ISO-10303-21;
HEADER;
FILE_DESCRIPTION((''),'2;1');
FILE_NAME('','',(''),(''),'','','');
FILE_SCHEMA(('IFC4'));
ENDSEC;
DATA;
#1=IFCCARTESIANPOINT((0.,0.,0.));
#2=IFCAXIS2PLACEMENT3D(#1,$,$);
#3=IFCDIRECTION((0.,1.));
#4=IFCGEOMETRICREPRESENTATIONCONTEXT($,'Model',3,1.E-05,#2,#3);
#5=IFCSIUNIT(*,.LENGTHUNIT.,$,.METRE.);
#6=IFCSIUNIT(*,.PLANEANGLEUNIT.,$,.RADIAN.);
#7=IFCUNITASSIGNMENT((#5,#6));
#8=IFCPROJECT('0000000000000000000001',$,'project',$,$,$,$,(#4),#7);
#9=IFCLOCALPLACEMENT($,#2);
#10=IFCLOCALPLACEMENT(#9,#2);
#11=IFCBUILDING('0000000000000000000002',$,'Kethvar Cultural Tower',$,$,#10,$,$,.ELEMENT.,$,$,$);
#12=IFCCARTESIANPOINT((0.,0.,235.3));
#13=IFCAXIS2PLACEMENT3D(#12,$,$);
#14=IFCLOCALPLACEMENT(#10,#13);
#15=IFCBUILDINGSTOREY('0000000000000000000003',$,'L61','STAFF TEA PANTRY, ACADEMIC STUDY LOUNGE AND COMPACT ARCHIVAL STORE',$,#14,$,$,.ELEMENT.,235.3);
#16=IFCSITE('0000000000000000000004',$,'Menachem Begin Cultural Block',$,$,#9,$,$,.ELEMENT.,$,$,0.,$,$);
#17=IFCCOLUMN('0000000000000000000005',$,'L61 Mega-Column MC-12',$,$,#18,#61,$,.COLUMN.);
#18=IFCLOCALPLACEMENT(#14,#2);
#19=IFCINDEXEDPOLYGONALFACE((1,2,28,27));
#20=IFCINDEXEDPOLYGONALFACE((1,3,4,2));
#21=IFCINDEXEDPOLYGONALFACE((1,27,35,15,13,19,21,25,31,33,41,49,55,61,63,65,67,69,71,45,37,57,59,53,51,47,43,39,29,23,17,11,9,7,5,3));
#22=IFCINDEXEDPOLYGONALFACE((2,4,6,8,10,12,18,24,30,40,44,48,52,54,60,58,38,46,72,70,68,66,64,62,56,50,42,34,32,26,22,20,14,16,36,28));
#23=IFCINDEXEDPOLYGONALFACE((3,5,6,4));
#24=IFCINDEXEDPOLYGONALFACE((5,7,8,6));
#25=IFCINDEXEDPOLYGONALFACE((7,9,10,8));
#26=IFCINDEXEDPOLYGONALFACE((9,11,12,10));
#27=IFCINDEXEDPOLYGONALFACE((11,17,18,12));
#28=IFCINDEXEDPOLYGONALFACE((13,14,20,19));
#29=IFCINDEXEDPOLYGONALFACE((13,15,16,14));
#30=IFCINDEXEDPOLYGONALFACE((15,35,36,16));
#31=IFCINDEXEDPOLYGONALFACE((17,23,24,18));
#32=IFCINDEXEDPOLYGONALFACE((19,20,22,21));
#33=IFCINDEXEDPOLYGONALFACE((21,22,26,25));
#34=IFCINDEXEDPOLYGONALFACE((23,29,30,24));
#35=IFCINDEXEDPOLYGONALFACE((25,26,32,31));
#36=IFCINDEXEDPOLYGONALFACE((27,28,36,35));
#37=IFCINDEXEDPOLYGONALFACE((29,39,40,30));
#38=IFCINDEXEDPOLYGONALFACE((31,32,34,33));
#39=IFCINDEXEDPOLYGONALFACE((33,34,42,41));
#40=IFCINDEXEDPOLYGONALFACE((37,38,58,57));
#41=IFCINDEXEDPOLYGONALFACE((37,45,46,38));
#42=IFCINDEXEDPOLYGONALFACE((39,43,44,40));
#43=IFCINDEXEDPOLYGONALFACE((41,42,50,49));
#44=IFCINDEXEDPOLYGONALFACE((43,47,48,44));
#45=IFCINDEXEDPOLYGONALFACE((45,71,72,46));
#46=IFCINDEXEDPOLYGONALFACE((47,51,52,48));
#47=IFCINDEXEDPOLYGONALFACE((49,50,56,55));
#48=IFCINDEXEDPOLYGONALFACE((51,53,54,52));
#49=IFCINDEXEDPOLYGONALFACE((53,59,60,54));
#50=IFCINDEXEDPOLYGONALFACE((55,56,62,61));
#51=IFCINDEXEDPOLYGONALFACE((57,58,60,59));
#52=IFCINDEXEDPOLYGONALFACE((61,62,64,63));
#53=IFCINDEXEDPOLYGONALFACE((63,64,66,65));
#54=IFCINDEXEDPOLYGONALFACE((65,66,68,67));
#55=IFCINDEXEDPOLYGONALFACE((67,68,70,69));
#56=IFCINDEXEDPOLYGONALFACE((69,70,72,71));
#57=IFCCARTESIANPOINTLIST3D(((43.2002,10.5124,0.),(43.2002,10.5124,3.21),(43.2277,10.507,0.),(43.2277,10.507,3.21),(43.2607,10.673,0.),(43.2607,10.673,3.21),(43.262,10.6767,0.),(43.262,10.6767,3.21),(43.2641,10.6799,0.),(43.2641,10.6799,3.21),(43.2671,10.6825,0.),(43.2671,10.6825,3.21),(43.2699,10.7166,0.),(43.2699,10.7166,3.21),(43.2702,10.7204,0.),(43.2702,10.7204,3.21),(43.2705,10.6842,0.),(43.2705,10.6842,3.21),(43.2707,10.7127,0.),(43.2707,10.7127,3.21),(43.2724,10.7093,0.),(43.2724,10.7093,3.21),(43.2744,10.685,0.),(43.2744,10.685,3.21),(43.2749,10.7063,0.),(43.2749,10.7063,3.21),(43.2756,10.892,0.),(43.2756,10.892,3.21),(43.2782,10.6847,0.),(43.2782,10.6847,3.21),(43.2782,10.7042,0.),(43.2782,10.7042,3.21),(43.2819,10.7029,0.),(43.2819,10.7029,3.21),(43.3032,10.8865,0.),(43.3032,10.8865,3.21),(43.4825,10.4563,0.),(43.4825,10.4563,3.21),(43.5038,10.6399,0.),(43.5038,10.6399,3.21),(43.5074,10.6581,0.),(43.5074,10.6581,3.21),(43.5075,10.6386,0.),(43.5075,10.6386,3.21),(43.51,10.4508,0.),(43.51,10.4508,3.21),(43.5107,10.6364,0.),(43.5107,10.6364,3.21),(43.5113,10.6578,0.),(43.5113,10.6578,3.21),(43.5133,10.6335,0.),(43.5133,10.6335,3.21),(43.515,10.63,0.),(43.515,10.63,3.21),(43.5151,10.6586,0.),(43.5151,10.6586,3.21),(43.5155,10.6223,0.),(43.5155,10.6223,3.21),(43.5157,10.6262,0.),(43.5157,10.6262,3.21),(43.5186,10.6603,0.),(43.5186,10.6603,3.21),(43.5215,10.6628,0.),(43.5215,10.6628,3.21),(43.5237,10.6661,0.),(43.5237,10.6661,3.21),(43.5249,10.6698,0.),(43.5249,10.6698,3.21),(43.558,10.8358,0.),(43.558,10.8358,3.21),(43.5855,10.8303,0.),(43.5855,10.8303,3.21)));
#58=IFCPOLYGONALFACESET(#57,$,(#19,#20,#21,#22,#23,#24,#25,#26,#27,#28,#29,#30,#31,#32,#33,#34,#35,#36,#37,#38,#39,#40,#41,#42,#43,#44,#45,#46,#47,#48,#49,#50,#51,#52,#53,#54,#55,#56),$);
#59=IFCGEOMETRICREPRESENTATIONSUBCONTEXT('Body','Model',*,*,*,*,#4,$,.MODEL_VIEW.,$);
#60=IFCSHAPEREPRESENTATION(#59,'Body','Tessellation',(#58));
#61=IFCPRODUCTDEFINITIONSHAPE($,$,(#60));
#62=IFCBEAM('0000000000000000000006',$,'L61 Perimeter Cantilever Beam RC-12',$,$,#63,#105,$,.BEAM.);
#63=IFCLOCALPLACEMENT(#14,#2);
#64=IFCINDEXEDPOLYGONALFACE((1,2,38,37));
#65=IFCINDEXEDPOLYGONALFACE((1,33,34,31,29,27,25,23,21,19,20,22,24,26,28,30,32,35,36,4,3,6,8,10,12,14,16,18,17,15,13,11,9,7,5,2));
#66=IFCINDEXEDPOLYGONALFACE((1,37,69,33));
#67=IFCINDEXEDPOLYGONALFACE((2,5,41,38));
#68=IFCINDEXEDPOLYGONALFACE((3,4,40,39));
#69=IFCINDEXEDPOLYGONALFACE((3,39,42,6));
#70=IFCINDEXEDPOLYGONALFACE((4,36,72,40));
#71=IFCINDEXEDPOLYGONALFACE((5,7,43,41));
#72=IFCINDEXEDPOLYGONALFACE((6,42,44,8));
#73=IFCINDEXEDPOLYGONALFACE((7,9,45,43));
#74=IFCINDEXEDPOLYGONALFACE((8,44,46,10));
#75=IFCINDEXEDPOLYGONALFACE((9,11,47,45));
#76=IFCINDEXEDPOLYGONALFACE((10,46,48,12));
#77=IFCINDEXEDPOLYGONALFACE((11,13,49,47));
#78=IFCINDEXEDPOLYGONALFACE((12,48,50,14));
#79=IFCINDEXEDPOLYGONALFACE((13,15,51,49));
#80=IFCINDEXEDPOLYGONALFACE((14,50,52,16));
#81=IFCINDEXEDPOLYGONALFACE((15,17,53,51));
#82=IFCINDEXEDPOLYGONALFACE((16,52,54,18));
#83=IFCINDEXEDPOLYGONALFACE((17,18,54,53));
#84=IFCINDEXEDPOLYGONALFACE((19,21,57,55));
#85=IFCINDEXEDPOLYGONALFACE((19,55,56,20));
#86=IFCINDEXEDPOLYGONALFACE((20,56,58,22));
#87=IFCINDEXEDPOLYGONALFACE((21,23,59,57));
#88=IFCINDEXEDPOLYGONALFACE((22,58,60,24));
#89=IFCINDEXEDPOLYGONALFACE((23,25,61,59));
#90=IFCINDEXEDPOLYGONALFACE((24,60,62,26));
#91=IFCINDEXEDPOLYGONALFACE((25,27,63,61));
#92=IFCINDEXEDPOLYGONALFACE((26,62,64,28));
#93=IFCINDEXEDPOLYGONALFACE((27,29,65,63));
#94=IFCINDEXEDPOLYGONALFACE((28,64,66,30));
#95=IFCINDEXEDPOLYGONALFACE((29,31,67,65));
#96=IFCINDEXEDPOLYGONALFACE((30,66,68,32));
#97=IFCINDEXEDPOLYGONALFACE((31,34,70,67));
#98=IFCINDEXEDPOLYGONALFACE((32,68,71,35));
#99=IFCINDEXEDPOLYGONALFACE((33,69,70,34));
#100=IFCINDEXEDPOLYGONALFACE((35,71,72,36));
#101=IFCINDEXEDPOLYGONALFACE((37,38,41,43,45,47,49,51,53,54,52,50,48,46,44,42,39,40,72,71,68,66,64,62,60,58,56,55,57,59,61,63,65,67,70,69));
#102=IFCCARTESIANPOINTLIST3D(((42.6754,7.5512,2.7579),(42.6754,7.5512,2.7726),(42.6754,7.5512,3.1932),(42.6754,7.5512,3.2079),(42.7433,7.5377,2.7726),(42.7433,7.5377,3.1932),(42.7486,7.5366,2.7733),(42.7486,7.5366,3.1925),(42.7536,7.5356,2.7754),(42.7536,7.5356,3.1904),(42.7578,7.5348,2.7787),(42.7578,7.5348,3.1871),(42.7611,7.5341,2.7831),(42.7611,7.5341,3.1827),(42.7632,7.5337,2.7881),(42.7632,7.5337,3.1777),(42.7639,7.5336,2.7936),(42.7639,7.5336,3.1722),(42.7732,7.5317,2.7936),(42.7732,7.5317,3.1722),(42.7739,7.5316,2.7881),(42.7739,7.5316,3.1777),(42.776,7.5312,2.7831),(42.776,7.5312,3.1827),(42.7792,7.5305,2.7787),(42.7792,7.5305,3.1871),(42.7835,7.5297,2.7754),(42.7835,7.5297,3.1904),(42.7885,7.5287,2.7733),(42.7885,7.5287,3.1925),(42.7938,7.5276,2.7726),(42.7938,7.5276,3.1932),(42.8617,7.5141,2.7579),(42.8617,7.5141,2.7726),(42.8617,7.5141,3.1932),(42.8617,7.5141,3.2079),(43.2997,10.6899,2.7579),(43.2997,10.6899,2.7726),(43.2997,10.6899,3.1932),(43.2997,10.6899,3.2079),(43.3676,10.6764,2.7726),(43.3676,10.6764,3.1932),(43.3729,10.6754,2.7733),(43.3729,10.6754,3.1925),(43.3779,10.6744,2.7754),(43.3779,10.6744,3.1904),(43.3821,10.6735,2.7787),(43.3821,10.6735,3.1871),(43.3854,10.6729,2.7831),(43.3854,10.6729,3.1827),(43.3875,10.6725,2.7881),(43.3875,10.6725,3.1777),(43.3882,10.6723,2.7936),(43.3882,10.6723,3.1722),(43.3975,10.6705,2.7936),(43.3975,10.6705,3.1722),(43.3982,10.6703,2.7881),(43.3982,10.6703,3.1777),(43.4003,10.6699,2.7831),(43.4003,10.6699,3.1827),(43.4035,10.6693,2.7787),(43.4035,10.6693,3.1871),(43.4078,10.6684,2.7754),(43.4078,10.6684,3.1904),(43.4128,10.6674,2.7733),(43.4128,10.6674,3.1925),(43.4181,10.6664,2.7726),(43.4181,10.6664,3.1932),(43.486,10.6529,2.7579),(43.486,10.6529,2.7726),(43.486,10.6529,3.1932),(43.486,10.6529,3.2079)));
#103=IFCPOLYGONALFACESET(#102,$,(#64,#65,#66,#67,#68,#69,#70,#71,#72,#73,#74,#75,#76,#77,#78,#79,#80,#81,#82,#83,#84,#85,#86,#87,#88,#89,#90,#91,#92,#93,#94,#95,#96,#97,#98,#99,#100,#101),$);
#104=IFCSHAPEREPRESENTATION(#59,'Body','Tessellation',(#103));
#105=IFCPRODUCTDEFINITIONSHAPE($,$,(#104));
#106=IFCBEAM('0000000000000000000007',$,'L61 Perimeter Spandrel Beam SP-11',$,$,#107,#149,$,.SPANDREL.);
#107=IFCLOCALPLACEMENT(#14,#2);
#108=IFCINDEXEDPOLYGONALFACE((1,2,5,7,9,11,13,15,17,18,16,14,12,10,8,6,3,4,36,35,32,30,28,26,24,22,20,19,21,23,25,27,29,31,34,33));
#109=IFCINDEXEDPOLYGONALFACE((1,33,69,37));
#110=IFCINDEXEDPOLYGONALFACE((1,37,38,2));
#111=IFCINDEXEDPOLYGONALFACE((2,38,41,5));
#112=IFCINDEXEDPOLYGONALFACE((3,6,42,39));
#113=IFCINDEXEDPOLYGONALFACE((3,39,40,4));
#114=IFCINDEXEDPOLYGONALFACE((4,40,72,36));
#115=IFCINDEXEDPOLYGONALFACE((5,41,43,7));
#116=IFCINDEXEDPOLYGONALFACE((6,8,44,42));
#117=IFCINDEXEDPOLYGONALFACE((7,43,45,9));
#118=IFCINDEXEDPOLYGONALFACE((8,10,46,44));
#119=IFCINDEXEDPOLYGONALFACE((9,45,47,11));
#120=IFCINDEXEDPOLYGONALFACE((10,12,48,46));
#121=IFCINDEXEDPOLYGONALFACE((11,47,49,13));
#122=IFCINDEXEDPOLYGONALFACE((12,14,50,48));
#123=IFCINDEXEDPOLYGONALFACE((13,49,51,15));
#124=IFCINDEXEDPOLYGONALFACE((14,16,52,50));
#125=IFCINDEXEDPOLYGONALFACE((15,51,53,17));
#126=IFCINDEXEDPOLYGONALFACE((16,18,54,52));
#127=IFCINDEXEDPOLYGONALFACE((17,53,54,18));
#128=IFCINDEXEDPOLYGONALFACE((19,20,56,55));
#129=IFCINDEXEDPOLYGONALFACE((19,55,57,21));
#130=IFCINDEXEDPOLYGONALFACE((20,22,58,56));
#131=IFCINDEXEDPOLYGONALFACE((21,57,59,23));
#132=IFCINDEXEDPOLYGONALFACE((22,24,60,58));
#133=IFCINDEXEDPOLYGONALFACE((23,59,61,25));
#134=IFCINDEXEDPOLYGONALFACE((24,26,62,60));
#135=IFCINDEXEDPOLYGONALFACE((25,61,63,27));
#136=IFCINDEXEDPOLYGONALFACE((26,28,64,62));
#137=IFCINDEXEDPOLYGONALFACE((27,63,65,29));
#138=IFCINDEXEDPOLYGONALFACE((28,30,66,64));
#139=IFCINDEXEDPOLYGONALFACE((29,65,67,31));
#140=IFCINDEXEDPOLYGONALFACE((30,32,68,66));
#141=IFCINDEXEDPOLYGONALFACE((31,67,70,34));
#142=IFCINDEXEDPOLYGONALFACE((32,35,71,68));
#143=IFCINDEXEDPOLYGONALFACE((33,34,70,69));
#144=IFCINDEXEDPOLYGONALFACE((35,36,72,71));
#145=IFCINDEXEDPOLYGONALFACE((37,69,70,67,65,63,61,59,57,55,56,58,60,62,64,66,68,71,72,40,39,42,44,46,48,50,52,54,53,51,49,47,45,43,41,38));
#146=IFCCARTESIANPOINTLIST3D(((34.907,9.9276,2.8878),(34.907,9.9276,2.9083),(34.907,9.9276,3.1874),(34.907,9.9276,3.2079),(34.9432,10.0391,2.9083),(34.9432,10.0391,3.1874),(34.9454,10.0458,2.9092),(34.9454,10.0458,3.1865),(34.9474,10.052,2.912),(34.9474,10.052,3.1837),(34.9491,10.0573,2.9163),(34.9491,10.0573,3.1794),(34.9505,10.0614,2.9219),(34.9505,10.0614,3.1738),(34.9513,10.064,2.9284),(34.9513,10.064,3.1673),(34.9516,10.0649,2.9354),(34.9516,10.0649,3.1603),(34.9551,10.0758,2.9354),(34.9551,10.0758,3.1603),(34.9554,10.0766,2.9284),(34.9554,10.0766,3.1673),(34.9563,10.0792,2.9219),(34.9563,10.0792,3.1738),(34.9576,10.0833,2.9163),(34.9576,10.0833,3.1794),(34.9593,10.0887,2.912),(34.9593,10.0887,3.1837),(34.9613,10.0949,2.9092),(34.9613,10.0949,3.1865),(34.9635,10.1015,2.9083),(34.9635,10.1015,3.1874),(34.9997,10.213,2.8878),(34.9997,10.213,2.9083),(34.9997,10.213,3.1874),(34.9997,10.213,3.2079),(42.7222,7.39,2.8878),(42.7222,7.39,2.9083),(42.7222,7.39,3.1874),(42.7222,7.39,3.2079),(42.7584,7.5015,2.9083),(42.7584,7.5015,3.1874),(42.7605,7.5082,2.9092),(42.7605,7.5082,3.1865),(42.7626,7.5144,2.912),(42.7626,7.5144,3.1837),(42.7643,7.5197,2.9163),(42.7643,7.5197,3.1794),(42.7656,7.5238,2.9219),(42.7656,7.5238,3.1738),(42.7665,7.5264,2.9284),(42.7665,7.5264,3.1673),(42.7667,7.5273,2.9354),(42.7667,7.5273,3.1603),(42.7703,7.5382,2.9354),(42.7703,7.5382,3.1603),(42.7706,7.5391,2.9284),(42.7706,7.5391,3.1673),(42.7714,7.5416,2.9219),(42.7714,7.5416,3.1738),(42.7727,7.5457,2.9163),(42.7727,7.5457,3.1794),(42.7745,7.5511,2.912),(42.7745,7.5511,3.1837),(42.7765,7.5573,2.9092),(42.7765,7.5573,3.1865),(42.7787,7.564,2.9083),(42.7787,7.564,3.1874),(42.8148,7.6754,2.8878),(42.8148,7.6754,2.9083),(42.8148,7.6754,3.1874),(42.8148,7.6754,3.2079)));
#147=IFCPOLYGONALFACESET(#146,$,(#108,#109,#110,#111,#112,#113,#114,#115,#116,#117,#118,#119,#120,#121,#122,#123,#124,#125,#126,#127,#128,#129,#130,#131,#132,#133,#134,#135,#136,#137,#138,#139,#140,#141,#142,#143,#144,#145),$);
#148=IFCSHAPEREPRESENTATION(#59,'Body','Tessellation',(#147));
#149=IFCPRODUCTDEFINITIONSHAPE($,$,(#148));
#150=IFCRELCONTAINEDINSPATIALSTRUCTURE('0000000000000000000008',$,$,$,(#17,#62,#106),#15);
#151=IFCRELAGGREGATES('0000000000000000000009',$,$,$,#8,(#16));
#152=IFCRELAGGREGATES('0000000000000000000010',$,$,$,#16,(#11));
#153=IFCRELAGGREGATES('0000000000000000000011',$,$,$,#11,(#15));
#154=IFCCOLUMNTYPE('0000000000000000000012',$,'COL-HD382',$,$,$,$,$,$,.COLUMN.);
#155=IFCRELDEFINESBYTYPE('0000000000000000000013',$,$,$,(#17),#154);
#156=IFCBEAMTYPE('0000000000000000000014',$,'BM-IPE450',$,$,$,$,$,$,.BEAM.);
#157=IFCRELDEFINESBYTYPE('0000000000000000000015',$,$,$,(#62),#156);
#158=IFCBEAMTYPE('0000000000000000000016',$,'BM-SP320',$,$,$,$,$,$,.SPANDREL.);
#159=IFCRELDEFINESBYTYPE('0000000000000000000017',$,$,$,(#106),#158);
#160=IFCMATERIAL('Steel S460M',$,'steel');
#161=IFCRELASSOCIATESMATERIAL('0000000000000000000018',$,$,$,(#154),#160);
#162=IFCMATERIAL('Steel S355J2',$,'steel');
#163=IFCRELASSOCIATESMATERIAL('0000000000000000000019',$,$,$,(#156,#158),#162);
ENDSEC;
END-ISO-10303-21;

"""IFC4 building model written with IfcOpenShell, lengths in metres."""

from ifc_helpers import new_model, si_unit, direction, frame, origin, origin_2d, place, context, subcontext, project, spatial, i_section, extrude, source, transform, mapped, material, material_profile, profile_set, type_object, element, save


model = new_model("IFC4")

# Units and contexts
model_context = context("Model", 3, precision=1e-05, world=origin(), true_north=direction((0.0, 1.0)))
body_context = subcontext(model_context, "Body", "Model", "MODEL_VIEW")
ifc_project = project(units=[si_unit("LENGTHUNIT", "METRE"), si_unit("PLANEANGLEUNIT", "RADIAN")], contexts=[model_context])

# Site, building, storey
site_placement = place(None, origin())
site = spatial("IfcSite", under=ifc_project, at=site_placement, Name="Menachem Begin Cultural Block", CompositionType="ELEMENT", RefElevation=0.0)
building_placement = place(site_placement, origin())
building = spatial("IfcBuilding", under=site, at=building_placement, Name="Kethvar Cultural Tower", CompositionType="ELEMENT")
storey_placement = place(building_placement, frame((0.0, 0.0, 235.3)))
storey = spatial("IfcBuildingStorey", under=building, at=storey_placement, Name="L61", Description="STAFF TEA PANTRY, ACADEMIC STUDY LOUNGE AND COMPACT ARCHIVAL STORE", CompositionType="ELEMENT", Elevation=235.3)

# Column
ifc_material_1 = material(Name="Steel S460M", Category="steel")
ifc_material_profile_1 = material_profile(ifc_material_1, i_section(OverallWidth=0.387, OverallDepth=0.3159, WebThickness=0.0186, FlangeThickness=0.0281, FilletRadius=0.0149, at=origin_2d()), Name="Steel S460M — HD400x382")
ifc_profile_set_1 = profile_set([ifc_material_profile_1], Name="Steel S460M — HD400x382")
column_type = type_object("IfcColumnType", Name="COL-HD382", PredefinedType="COLUMN", material=ifc_profile_set_1)
shared_shape_1 = source(origin(), body_context, "Body", "SweptSolid", [
    extrude(i_section(OverallWidth=0.387, OverallDepth=0.3159, WebThickness=0.0186, FlangeThickness=0.0281, FilletRadius=0.0149, at=origin_2d()), origin(), (0.0, 0.0, 1.0), 3.21),
])
column_placement = place(storey_placement, frame((43.3928, 10.6714, 0.0), z_axis=(0.0, 0.0, 1.0), x_axis=(-0.19509, -0.980785, 0.0)))
element("IfcColumn", 1, at=column_placement, inside=storey, type_object=column_type, Name="L61 Mega-Column MC-12", PredefinedType="COLUMN", context=body_context, shape_type="MappedRepresentation", body=[
    mapped(shared_shape_1, transform((0.0, 0.0, 0.0), scale=1.0)),
])

# Beams
ifc_material_2 = material(Name="Steel S355J2", Category="steel")
ifc_material_profile_2 = material_profile(ifc_material_2, i_section(OverallWidth=0.1899, OverallDepth=0.45, WebThickness=0.0095, FlangeThickness=0.0146, FilletRadius=0.021, at=origin_2d()), Name="Steel S355J2 — IPE450")
ifc_profile_set_2 = profile_set([ifc_material_profile_2], Name="Steel S355J2 — IPE450")
beam_type_1 = type_object("IfcBeamType", Name="BM-IPE450", PredefinedType="BEAM", material=ifc_profile_set_2)
shared_shape_2 = source(origin(), body_context, "Body", "SweptSolid", [
    extrude(i_section(OverallWidth=0.1899, OverallDepth=0.45, WebThickness=0.0095, FlangeThickness=0.0146, FilletRadius=0.021, at=origin_2d()), origin(), (0.0, 0.0, 1.0), 3.2002),
])
beam_1_placement = place(storey_placement, frame((43.3928, 10.6714, 2.9829), z_axis=(-0.195074, -0.980788, 0.0), x_axis=(0.980788, -0.195074, 0.0)))
element("IfcBeam", 2, at=beam_1_placement, inside=storey, type_object=beam_type_1, Name="L61 Perimeter Cantilever Beam RC-12", PredefinedType="BEAM", context=body_context, shape_type="MappedRepresentation", body=[
    mapped(shared_shape_2, transform((0.0, 0.0, 0.0), scale=1.0)),
])
ifc_material_profile_3 = material_profile(ifc_material_2, i_section(OverallWidth=0.3, OverallDepth=0.3201, WebThickness=0.0115, FlangeThickness=0.0205, FilletRadius=0.0271, at=origin_2d()), Name="Steel S355J2 — HEB320")
ifc_profile_set_3 = profile_set([ifc_material_profile_3], Name="Steel S355J2 — HEB320")
beam_type_2 = type_object("IfcBeamType", Name="BM-SP320", PredefinedType="SPANDREL", material=ifc_profile_set_3)
shared_shape_3 = source(origin(), body_context, "Body", "SweptSolid", [
    extrude(i_section(OverallWidth=0.3, OverallDepth=0.3201, WebThickness=0.0115, FlangeThickness=0.0205, FilletRadius=0.0271, at=origin_2d()), origin(), (0.0, 0.0, 1.0), 8.2168),
])
beam_2_placement = place(storey_placement, frame((34.9534, 10.0703, 3.0479), z_axis=(0.951118, -0.308829, 0.0), x_axis=(0.308829, 0.951118, 0.0)))
element("IfcBeam", 3, at=beam_2_placement, inside=storey, type_object=beam_type_2, Name="L61 Perimeter Spandrel Beam SP-11", PredefinedType="SPANDREL", context=body_context, shape_type="MappedRepresentation", body=[
    mapped(shared_shape_3, transform((0.0, 0.0, 0.0), scale=1.0)),
])

save(model, "model.ifc")
